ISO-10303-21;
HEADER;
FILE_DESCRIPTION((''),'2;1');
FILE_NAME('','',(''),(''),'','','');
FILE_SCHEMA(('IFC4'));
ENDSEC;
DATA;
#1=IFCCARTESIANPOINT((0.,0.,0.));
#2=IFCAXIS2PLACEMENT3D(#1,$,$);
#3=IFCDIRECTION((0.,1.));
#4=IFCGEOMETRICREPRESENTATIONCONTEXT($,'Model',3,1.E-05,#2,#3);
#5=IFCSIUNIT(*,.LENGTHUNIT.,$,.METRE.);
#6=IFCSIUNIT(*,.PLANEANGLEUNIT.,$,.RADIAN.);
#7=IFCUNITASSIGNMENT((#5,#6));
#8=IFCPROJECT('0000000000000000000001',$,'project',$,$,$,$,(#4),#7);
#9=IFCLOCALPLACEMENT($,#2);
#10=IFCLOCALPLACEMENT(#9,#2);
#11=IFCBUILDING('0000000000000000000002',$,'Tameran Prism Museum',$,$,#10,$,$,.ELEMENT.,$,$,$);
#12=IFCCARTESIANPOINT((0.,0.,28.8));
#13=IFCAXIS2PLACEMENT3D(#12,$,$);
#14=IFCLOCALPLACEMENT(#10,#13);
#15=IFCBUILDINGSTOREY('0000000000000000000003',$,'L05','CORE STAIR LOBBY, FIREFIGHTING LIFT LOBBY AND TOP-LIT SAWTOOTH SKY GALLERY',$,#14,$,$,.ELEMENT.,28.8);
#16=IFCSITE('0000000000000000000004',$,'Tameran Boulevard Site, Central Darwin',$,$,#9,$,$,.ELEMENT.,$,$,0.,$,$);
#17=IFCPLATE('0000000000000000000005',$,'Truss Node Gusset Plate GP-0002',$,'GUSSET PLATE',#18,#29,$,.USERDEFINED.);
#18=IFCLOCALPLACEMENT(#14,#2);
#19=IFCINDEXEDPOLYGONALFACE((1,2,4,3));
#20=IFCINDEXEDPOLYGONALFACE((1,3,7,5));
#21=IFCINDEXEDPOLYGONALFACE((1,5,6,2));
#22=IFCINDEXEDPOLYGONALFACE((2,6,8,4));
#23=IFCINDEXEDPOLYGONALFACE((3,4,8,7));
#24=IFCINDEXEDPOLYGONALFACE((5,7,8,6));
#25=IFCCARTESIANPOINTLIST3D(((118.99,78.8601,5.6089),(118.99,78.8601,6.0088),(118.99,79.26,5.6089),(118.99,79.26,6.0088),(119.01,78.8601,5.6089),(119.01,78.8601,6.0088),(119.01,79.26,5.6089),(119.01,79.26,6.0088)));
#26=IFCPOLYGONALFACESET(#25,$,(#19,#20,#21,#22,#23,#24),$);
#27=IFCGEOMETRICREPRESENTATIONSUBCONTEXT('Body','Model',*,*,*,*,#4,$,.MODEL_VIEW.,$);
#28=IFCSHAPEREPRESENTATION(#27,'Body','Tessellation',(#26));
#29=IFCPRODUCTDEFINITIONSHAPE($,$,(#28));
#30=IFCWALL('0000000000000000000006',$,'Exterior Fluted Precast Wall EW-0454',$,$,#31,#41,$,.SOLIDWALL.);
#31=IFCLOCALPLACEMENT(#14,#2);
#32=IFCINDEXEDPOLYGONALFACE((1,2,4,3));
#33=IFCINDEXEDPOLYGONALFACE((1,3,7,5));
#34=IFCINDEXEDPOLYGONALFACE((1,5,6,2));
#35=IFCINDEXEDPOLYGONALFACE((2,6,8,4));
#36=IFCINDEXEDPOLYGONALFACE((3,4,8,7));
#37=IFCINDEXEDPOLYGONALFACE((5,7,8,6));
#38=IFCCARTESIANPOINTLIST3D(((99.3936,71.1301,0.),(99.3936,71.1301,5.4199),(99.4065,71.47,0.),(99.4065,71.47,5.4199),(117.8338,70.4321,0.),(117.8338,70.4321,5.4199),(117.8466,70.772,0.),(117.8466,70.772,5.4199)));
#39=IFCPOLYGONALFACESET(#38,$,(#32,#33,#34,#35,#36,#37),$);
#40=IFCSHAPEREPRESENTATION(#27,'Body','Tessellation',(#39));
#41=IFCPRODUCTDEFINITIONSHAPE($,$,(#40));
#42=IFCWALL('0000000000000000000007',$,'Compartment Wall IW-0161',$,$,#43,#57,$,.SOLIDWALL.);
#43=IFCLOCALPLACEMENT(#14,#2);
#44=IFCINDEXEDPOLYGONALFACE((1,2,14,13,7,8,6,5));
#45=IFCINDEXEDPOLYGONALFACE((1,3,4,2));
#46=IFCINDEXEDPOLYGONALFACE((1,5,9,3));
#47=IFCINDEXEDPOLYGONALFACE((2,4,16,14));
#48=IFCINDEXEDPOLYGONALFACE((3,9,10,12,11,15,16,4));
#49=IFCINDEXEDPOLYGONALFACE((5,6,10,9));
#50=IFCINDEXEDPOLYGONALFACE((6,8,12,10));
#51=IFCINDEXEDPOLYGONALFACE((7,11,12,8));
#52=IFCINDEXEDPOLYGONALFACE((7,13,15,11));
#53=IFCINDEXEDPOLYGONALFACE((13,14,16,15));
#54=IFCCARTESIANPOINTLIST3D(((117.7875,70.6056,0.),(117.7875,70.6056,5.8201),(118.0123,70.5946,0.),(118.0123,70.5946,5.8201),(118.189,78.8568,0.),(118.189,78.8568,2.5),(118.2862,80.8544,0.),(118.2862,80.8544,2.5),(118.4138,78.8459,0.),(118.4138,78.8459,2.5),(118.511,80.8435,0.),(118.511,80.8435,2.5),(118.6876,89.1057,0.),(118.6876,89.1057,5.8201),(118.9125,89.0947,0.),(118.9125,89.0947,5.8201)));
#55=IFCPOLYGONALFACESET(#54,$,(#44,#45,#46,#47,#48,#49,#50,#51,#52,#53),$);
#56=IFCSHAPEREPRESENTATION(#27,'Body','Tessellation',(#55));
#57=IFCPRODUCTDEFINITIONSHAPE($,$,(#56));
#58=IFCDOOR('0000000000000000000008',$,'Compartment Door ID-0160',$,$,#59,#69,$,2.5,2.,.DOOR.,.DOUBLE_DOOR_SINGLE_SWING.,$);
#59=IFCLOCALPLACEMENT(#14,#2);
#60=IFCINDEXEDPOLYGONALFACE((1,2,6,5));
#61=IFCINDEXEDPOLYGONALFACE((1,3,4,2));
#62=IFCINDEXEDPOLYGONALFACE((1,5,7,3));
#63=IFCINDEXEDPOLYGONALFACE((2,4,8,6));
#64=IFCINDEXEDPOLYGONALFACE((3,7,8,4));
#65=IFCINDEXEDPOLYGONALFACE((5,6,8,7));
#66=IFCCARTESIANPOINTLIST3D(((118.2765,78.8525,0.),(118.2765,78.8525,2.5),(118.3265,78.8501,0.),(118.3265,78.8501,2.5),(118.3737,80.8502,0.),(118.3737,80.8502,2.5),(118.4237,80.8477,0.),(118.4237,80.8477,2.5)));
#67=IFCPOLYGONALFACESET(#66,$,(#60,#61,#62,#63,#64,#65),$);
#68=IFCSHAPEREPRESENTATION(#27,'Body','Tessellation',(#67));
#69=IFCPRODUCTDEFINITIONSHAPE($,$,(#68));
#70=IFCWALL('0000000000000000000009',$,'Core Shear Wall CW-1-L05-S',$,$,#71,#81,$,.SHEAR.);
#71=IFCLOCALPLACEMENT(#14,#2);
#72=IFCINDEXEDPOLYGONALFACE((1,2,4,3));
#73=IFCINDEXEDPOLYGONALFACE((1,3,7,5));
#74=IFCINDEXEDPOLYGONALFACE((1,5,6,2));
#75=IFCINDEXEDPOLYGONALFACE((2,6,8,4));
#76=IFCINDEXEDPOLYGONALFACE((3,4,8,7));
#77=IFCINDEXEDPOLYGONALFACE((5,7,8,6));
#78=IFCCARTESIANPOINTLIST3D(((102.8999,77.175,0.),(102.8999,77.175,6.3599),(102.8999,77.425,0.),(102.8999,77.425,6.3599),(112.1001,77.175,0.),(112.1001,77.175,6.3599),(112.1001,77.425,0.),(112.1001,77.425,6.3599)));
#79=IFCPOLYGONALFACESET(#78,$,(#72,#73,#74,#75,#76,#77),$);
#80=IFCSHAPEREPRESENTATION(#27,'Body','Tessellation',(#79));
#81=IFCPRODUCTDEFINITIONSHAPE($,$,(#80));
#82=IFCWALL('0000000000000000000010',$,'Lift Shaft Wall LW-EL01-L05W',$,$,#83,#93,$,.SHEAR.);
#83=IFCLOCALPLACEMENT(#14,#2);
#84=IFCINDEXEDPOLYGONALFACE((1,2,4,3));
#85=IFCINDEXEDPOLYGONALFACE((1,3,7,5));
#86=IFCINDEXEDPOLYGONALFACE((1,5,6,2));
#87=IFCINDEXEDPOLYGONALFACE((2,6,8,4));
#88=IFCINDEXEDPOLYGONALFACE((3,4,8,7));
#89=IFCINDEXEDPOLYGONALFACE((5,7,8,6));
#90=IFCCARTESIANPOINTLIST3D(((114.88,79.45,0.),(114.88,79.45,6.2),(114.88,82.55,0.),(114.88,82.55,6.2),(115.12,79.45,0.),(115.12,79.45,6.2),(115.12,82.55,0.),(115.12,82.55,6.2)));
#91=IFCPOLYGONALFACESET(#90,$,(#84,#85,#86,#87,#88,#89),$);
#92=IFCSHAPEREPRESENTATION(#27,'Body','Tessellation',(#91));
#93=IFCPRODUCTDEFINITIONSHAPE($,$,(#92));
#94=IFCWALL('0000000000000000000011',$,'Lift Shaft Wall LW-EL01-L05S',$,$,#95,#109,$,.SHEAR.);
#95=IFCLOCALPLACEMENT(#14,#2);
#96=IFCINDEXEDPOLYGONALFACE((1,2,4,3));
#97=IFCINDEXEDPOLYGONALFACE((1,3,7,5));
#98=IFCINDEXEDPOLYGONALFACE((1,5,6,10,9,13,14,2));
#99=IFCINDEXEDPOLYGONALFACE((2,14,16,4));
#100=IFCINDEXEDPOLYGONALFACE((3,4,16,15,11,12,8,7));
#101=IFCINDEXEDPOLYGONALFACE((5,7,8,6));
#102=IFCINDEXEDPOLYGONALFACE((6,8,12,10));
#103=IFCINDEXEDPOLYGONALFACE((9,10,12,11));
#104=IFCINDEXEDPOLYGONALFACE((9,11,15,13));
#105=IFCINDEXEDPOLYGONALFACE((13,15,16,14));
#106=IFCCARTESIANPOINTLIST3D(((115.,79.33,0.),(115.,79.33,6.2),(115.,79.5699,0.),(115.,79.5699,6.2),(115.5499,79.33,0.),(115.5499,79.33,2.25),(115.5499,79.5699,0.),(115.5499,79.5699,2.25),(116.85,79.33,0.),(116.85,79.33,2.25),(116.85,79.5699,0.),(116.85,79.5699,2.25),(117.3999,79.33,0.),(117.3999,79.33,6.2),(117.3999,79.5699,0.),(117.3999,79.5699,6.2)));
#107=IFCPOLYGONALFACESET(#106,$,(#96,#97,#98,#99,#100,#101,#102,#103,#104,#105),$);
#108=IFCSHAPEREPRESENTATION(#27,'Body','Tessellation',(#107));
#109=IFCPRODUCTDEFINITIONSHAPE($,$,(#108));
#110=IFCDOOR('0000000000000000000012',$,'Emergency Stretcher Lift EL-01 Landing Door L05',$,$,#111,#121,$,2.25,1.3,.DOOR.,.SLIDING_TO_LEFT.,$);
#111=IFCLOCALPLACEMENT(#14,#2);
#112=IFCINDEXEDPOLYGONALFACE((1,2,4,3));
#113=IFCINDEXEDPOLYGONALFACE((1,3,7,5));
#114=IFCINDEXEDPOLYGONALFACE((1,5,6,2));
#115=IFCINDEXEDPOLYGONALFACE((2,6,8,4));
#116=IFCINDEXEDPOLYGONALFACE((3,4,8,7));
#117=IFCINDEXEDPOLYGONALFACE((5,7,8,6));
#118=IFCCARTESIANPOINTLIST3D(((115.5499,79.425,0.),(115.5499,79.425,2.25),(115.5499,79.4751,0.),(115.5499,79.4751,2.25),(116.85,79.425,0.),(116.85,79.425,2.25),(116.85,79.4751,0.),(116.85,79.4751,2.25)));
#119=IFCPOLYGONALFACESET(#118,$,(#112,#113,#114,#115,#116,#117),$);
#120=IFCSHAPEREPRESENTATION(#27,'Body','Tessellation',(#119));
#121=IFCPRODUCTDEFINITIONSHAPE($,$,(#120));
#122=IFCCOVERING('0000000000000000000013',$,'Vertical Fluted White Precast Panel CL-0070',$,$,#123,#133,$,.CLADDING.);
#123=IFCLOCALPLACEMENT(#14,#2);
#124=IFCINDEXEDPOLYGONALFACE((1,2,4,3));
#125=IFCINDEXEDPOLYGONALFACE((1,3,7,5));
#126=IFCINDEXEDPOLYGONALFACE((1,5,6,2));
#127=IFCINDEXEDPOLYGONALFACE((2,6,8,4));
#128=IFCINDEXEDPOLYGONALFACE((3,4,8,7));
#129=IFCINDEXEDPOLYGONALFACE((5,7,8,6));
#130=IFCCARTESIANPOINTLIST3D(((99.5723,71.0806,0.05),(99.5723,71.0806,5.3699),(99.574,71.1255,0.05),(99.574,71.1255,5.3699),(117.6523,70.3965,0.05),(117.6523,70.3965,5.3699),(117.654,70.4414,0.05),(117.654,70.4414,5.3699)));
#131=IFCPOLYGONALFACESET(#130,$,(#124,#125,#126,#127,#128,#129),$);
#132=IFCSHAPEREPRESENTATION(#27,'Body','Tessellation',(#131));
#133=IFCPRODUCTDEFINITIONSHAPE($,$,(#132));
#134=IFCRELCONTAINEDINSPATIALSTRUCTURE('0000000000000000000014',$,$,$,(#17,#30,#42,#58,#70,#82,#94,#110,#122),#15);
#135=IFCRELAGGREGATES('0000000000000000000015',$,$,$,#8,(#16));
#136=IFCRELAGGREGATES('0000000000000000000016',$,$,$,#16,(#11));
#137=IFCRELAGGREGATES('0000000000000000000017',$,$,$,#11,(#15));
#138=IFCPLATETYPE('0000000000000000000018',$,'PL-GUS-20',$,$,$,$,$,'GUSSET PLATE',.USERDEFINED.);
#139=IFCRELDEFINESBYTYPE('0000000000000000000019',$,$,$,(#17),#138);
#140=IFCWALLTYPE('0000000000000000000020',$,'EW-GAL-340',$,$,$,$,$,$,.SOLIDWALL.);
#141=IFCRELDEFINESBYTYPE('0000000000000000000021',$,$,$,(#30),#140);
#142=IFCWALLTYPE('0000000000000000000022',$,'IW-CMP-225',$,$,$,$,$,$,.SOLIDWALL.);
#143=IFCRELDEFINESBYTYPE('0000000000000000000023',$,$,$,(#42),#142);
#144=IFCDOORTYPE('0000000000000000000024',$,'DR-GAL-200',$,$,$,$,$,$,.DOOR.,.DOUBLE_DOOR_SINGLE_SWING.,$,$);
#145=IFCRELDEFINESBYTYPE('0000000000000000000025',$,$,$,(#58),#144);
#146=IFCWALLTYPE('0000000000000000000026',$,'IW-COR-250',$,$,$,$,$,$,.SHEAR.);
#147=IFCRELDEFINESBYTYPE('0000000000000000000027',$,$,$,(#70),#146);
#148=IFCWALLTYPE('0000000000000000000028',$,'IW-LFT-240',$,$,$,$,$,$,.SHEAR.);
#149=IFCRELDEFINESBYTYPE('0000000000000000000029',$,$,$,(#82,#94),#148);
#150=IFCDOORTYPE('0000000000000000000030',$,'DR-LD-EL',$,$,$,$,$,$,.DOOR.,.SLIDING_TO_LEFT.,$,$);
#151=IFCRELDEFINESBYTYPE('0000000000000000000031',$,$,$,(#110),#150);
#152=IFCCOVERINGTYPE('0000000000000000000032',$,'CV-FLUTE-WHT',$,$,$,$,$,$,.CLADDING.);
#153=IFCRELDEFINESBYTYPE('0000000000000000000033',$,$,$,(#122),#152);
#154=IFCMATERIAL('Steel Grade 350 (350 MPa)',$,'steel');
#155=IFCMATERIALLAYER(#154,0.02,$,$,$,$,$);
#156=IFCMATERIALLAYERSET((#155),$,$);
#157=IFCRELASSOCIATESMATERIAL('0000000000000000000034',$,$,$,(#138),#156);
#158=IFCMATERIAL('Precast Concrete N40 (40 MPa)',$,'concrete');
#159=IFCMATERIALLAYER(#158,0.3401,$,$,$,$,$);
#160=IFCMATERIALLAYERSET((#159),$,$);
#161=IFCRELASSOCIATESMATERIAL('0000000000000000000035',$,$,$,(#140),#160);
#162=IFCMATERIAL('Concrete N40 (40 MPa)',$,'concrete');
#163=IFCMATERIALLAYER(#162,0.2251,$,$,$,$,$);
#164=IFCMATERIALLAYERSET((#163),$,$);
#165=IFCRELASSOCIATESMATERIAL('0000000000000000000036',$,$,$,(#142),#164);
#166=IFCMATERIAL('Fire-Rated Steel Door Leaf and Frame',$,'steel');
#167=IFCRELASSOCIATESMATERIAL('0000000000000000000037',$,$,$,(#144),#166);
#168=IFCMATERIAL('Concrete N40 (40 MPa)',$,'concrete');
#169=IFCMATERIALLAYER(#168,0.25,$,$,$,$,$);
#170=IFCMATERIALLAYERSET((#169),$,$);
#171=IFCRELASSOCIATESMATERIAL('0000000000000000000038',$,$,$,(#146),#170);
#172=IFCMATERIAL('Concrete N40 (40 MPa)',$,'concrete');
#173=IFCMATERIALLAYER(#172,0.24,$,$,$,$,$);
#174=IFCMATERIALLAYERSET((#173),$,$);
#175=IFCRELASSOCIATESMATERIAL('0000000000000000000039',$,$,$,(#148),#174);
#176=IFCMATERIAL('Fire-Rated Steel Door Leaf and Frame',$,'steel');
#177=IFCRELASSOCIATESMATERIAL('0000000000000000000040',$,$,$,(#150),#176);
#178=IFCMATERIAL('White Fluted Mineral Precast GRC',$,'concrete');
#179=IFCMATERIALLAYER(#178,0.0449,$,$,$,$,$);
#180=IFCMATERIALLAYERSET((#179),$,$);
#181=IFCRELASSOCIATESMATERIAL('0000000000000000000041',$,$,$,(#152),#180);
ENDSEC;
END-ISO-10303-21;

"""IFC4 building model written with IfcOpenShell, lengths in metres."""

from ifc_helpers import new_model, si_unit, direction, frame, frame_2d, origin, origin_2d, place, context, subcontext, project, spatial, rectangle, extrude, material, layer, layer_set, type_object, element, fill, save


model = new_model("IFC4")

# Units and contexts
model_context = context("Model", 3, precision=1e-05, world=origin(), true_north=direction((0.0, 1.0)))
body_context = subcontext(model_context, "Body", "Model", "MODEL_VIEW")
ifc_project = project(units=[si_unit("LENGTHUNIT", "METRE"), si_unit("PLANEANGLEUNIT", "RADIAN")], contexts=[model_context])

# Site, building, storey
site_placement = place(None, origin())
site = spatial("IfcSite", under=ifc_project, at=site_placement, Name="Tameran Boulevard Site, Central Darwin", CompositionType="ELEMENT", RefElevation=0.0)
building_placement = place(site_placement, origin())
building = spatial("IfcBuilding", under=site, at=building_placement, Name="Tameran Prism Museum", CompositionType="ELEMENT")
storey_placement = place(building_placement, frame((0.0, 0.0, 28.8)))
storey = spatial("IfcBuildingStorey", under=building, at=storey_placement, Name="L05", Description="CORE STAIR LOBBY, FIREFIGHTING LIFT LOBBY AND TOP-LIT SAWTOOTH SKY GALLERY", CompositionType="ELEMENT", Elevation=28.8)

# Plate
ifc_material_1 = material(Name="Steel Grade 350 (350 MPa)", Category="steel")
ifc_layer_1 = layer(ifc_material_1, 0.02)
ifc_layer_set_1 = layer_set([ifc_layer_1])
plate_type_1 = type_object("IfcPlateType", Name="PL-GUS-20", ElementType="GUSSET PLATE", PredefinedType="USERDEFINED", material=ifc_layer_set_1)
plate_placement = place(storey_placement, frame((119.0, 79.0601, 5.6089), z_axis=(0.0, 0.0, 1.0), x_axis=(1.0, 0.0, 0.0)))
element("IfcPlate", 1, at=plate_placement, inside=storey, type_object=plate_type_1, Name="Truss Node Gusset Plate GP-0002", ObjectType="GUSSET PLATE", PredefinedType="USERDEFINED", context=body_context, shape_type="SweptSolid", body=[
    extrude(rectangle(XDim=0.02, YDim=0.3999, at=origin_2d()), origin(), (0.0, 0.0, 1.0), 0.3999),
])

# Wall
ifc_material_2 = material(Name="Precast Concrete N40 (40 MPa)", Category="concrete")
ifc_layer_2 = layer(ifc_material_2, 0.3401)
ifc_layer_set_2 = layer_set([ifc_layer_2])
wall_type_1 = type_object("IfcWallType", Name="EW-GAL-340", PredefinedType="SOLIDWALL", material=ifc_layer_set_2)
wall_1_placement = place(storey_placement, frame((117.8401, 70.6021, 0.0), z_axis=(0.0, 0.0, 1.0), x_axis=(-0.999284, 0.037825, 0.0)))
element("IfcWall", 2, at=wall_1_placement, inside=storey, type_object=wall_type_1, Name="Exterior Fluted Precast Wall EW-0454", PredefinedType="SOLIDWALL", context=body_context, shape_type="SweptSolid", body=[
    extrude(rectangle(XDim=18.4534, YDim=0.3401, at=frame_2d((9.2266, 0.0))), origin(), (0.0, 0.0, 1.0), 5.4199),
])

# Wall, opening, door
ifc_material_3 = material(Name="Concrete N40 (40 MPa)", Category="concrete")
ifc_layer_3 = layer(ifc_material_3, 0.2251)
ifc_layer_set_3 = layer_set([ifc_layer_3])
wall_type_2 = type_object("IfcWallType", Name="IW-CMP-225", PredefinedType="SOLIDWALL", material=ifc_layer_set_3)
wall_2_placement = place(storey_placement, frame((117.8999, 70.6001, 0.0), z_axis=(0.0, 0.0, 1.0), x_axis=(0.048599, 0.998818, 0.0)))
wall_2 = element("IfcWall", 3, at=wall_2_placement, inside=storey, type_object=wall_type_2, Name="Compartment Wall IW-0161", PredefinedType="SOLIDWALL", context=body_context, shape_type="SweptSolid", body=[
    extrude(rectangle(XDim=18.522, YDim=0.2251, at=frame_2d((9.261, 0.0))), origin(), (0.0, 0.0, 1.0), 5.8201),
])
opening_1_placement = place(wall_2_placement, frame((8.261, 0.0, 0.0)))
opening_1 = element("IfcOpeningElement", 4, at=opening_1_placement, cuts=wall_2, PredefinedType="OPENING", context=body_context, shape_type="SweptSolid", body=[
    extrude(rectangle(XDim=2.0, YDim=2.5, at=frame_2d((1.0, 1.25))), frame((0.0, 0.1226, 0.0), z_axis=(0.0, -1.0, 0.0), x_axis=(1.0, 0.0, 0.0)), (0.0, 0.0, 1.0), 0.2451),
])
ifc_material_4 = material(Name="Fire-Rated Steel Door Leaf and Frame", Category="steel")
door_type_1 = type_object("IfcDoorType", Name="DR-GAL-200", OperationType="DOUBLE_DOOR_SINGLE_SWING", PredefinedType="DOOR", material=ifc_material_4)
door_1_placement = place(opening_1_placement, origin())
door_1 = element("IfcDoor", 5, at=door_1_placement, inside=storey, type_object=door_type_1, Name="Compartment Door ID-0160", OperationType="DOUBLE_DOOR_SINGLE_SWING", OverallHeight=2.5, OverallWidth=2.0, PredefinedType="DOOR", context=body_context, shape_type="SweptSolid", body=[
    extrude(rectangle(XDim=2.0, YDim=2.5, at=frame_2d((1.0, 1.25))), frame((0.0, 0.0249, 0.0), z_axis=(0.0, -1.0, 0.0), x_axis=(1.0, 0.0, 0.0)), (0.0, 0.0, 1.0), 0.05),
])
fill(opening_1, door_1)

# Walls
ifc_material_5 = material(Name="Concrete N40 (40 MPa)", Category="concrete")
ifc_layer_4 = layer(ifc_material_5, 0.25)
ifc_layer_set_4 = layer_set([ifc_layer_4])
wall_type_3 = type_object("IfcWallType", Name="IW-COR-250", PredefinedType="SHEAR", material=ifc_layer_set_4)
wall_3_placement = place(storey_placement, frame((112.1001, 77.3, 0.0), z_axis=(0.0, 0.0, 1.0), x_axis=(-1.0, 0.0, 0.0)))
element("IfcWall", 6, at=wall_3_placement, inside=storey, type_object=wall_type_3, Name="Core Shear Wall CW-1-L05-S", PredefinedType="SHEAR", context=body_context, shape_type="SweptSolid", body=[
    extrude(rectangle(XDim=9.2002, YDim=0.25, at=frame_2d((4.6001, 0.0))), origin(), (0.0, 0.0, 1.0), 6.3599),
])
ifc_material_6 = material(Name="Concrete N40 (40 MPa)", Category="concrete")
ifc_layer_5 = layer(ifc_material_6, 0.24)
ifc_layer_set_5 = layer_set([ifc_layer_5])
wall_type_4 = type_object("IfcWallType", Name="IW-LFT-240", PredefinedType="SHEAR", material=ifc_layer_set_5)
wall_4_placement = place(storey_placement, frame((115.0, 79.45, 0.0), z_axis=(0.0, 0.0, 1.0), x_axis=(0.0, 1.0, 0.0)))
element("IfcWall", 7, at=wall_4_placement, inside=storey, type_object=wall_type_4, Name="Lift Shaft Wall LW-EL01-L05W", PredefinedType="SHEAR", context=body_context, shape_type="SweptSolid", body=[
    extrude(rectangle(XDim=3.1001, YDim=0.24, at=frame_2d((1.55, 0.0))), origin(), (0.0, 0.0, 1.0), 6.2),
])

# Wall, opening, door
wall_5_placement = place(storey_placement, frame((117.3999, 79.45, 0.0), z_axis=(0.0, 0.0, 1.0), x_axis=(-1.0, 0.0, 0.0)))
wall_5 = element("IfcWall", 8, at=wall_5_placement, inside=storey, type_object=wall_type_4, Name="Lift Shaft Wall LW-EL01-L05S", PredefinedType="SHEAR", context=body_context, shape_type="SweptSolid", body=[
    extrude(rectangle(XDim=2.3999, YDim=0.24, at=frame_2d((1.2, 0.0))), origin(), (0.0, 0.0, 1.0), 6.2),
])
opening_2_placement = place(wall_5_placement, frame((0.55, 0.0, 0.0)))
opening_2 = element("IfcOpeningElement", 9, at=opening_2_placement, cuts=wall_5, PredefinedType="OPENING", context=body_context, shape_type="SweptSolid", body=[
    extrude(rectangle(XDim=1.3, YDim=2.25, at=frame_2d((0.6499, 1.125))), frame((0.0, 0.1299, 0.0), z_axis=(0.0, -1.0, 0.0), x_axis=(1.0, 0.0, 0.0)), (0.0, 0.0, 1.0), 0.26),
])
ifc_material_7 = material(Name="Fire-Rated Steel Door Leaf and Frame", Category="steel")
door_type_2 = type_object("IfcDoorType", Name="DR-LD-EL", OperationType="SLIDING_TO_LEFT", PredefinedType="DOOR", material=ifc_material_7)
door_2_placement = place(opening_2_placement, origin())
door_2 = element("IfcDoor", 10, at=door_2_placement, inside=storey, type_object=door_type_2, Name="Emergency Stretcher Lift EL-01 Landing Door L05", OperationType="SLIDING_TO_LEFT", OverallHeight=2.25, OverallWidth=1.3, PredefinedType="DOOR", context=body_context, shape_type="SweptSolid", body=[
    extrude(rectangle(XDim=1.3, YDim=2.25, at=frame_2d((0.6499, 1.125))), frame((0.0, 0.0249, 0.0), z_axis=(0.0, -1.0, 0.0), x_axis=(1.0, 0.0, 0.0)), (0.0, 0.0, 1.0), 0.05),
])
fill(opening_2, door_2)

# Covering
ifc_material_8 = material(Name="White Fluted Mineral Precast GRC", Category="concrete")
ifc_layer_6 = layer(ifc_material_8, 0.0449)
ifc_layer_set_6 = layer_set([ifc_layer_6])
covering_type = type_object("IfcCoveringType", Name="CV-FLUTE-WHT", PredefinedType="CLADDING", material=ifc_layer_set_6)
covering_placement = place(storey_placement, frame((117.6531, 70.4189, 0.05), z_axis=(0.0, 0.0, 1.0), x_axis=(-0.999285, 0.037809, 0.0)))
element("IfcCovering", 11, at=covering_placement, inside=storey, type_object=covering_type, Name="Vertical Fluted White Precast Panel CL-0070", PredefinedType="CLADDING", context=body_context, shape_type="SweptSolid", body=[
    extrude(rectangle(XDim=18.093, YDim=0.0449, at=frame_2d((9.0464, 0.0))), origin(), (0.0, 0.0, 1.0), 5.3198),
])

save(model, "model.ifc")
